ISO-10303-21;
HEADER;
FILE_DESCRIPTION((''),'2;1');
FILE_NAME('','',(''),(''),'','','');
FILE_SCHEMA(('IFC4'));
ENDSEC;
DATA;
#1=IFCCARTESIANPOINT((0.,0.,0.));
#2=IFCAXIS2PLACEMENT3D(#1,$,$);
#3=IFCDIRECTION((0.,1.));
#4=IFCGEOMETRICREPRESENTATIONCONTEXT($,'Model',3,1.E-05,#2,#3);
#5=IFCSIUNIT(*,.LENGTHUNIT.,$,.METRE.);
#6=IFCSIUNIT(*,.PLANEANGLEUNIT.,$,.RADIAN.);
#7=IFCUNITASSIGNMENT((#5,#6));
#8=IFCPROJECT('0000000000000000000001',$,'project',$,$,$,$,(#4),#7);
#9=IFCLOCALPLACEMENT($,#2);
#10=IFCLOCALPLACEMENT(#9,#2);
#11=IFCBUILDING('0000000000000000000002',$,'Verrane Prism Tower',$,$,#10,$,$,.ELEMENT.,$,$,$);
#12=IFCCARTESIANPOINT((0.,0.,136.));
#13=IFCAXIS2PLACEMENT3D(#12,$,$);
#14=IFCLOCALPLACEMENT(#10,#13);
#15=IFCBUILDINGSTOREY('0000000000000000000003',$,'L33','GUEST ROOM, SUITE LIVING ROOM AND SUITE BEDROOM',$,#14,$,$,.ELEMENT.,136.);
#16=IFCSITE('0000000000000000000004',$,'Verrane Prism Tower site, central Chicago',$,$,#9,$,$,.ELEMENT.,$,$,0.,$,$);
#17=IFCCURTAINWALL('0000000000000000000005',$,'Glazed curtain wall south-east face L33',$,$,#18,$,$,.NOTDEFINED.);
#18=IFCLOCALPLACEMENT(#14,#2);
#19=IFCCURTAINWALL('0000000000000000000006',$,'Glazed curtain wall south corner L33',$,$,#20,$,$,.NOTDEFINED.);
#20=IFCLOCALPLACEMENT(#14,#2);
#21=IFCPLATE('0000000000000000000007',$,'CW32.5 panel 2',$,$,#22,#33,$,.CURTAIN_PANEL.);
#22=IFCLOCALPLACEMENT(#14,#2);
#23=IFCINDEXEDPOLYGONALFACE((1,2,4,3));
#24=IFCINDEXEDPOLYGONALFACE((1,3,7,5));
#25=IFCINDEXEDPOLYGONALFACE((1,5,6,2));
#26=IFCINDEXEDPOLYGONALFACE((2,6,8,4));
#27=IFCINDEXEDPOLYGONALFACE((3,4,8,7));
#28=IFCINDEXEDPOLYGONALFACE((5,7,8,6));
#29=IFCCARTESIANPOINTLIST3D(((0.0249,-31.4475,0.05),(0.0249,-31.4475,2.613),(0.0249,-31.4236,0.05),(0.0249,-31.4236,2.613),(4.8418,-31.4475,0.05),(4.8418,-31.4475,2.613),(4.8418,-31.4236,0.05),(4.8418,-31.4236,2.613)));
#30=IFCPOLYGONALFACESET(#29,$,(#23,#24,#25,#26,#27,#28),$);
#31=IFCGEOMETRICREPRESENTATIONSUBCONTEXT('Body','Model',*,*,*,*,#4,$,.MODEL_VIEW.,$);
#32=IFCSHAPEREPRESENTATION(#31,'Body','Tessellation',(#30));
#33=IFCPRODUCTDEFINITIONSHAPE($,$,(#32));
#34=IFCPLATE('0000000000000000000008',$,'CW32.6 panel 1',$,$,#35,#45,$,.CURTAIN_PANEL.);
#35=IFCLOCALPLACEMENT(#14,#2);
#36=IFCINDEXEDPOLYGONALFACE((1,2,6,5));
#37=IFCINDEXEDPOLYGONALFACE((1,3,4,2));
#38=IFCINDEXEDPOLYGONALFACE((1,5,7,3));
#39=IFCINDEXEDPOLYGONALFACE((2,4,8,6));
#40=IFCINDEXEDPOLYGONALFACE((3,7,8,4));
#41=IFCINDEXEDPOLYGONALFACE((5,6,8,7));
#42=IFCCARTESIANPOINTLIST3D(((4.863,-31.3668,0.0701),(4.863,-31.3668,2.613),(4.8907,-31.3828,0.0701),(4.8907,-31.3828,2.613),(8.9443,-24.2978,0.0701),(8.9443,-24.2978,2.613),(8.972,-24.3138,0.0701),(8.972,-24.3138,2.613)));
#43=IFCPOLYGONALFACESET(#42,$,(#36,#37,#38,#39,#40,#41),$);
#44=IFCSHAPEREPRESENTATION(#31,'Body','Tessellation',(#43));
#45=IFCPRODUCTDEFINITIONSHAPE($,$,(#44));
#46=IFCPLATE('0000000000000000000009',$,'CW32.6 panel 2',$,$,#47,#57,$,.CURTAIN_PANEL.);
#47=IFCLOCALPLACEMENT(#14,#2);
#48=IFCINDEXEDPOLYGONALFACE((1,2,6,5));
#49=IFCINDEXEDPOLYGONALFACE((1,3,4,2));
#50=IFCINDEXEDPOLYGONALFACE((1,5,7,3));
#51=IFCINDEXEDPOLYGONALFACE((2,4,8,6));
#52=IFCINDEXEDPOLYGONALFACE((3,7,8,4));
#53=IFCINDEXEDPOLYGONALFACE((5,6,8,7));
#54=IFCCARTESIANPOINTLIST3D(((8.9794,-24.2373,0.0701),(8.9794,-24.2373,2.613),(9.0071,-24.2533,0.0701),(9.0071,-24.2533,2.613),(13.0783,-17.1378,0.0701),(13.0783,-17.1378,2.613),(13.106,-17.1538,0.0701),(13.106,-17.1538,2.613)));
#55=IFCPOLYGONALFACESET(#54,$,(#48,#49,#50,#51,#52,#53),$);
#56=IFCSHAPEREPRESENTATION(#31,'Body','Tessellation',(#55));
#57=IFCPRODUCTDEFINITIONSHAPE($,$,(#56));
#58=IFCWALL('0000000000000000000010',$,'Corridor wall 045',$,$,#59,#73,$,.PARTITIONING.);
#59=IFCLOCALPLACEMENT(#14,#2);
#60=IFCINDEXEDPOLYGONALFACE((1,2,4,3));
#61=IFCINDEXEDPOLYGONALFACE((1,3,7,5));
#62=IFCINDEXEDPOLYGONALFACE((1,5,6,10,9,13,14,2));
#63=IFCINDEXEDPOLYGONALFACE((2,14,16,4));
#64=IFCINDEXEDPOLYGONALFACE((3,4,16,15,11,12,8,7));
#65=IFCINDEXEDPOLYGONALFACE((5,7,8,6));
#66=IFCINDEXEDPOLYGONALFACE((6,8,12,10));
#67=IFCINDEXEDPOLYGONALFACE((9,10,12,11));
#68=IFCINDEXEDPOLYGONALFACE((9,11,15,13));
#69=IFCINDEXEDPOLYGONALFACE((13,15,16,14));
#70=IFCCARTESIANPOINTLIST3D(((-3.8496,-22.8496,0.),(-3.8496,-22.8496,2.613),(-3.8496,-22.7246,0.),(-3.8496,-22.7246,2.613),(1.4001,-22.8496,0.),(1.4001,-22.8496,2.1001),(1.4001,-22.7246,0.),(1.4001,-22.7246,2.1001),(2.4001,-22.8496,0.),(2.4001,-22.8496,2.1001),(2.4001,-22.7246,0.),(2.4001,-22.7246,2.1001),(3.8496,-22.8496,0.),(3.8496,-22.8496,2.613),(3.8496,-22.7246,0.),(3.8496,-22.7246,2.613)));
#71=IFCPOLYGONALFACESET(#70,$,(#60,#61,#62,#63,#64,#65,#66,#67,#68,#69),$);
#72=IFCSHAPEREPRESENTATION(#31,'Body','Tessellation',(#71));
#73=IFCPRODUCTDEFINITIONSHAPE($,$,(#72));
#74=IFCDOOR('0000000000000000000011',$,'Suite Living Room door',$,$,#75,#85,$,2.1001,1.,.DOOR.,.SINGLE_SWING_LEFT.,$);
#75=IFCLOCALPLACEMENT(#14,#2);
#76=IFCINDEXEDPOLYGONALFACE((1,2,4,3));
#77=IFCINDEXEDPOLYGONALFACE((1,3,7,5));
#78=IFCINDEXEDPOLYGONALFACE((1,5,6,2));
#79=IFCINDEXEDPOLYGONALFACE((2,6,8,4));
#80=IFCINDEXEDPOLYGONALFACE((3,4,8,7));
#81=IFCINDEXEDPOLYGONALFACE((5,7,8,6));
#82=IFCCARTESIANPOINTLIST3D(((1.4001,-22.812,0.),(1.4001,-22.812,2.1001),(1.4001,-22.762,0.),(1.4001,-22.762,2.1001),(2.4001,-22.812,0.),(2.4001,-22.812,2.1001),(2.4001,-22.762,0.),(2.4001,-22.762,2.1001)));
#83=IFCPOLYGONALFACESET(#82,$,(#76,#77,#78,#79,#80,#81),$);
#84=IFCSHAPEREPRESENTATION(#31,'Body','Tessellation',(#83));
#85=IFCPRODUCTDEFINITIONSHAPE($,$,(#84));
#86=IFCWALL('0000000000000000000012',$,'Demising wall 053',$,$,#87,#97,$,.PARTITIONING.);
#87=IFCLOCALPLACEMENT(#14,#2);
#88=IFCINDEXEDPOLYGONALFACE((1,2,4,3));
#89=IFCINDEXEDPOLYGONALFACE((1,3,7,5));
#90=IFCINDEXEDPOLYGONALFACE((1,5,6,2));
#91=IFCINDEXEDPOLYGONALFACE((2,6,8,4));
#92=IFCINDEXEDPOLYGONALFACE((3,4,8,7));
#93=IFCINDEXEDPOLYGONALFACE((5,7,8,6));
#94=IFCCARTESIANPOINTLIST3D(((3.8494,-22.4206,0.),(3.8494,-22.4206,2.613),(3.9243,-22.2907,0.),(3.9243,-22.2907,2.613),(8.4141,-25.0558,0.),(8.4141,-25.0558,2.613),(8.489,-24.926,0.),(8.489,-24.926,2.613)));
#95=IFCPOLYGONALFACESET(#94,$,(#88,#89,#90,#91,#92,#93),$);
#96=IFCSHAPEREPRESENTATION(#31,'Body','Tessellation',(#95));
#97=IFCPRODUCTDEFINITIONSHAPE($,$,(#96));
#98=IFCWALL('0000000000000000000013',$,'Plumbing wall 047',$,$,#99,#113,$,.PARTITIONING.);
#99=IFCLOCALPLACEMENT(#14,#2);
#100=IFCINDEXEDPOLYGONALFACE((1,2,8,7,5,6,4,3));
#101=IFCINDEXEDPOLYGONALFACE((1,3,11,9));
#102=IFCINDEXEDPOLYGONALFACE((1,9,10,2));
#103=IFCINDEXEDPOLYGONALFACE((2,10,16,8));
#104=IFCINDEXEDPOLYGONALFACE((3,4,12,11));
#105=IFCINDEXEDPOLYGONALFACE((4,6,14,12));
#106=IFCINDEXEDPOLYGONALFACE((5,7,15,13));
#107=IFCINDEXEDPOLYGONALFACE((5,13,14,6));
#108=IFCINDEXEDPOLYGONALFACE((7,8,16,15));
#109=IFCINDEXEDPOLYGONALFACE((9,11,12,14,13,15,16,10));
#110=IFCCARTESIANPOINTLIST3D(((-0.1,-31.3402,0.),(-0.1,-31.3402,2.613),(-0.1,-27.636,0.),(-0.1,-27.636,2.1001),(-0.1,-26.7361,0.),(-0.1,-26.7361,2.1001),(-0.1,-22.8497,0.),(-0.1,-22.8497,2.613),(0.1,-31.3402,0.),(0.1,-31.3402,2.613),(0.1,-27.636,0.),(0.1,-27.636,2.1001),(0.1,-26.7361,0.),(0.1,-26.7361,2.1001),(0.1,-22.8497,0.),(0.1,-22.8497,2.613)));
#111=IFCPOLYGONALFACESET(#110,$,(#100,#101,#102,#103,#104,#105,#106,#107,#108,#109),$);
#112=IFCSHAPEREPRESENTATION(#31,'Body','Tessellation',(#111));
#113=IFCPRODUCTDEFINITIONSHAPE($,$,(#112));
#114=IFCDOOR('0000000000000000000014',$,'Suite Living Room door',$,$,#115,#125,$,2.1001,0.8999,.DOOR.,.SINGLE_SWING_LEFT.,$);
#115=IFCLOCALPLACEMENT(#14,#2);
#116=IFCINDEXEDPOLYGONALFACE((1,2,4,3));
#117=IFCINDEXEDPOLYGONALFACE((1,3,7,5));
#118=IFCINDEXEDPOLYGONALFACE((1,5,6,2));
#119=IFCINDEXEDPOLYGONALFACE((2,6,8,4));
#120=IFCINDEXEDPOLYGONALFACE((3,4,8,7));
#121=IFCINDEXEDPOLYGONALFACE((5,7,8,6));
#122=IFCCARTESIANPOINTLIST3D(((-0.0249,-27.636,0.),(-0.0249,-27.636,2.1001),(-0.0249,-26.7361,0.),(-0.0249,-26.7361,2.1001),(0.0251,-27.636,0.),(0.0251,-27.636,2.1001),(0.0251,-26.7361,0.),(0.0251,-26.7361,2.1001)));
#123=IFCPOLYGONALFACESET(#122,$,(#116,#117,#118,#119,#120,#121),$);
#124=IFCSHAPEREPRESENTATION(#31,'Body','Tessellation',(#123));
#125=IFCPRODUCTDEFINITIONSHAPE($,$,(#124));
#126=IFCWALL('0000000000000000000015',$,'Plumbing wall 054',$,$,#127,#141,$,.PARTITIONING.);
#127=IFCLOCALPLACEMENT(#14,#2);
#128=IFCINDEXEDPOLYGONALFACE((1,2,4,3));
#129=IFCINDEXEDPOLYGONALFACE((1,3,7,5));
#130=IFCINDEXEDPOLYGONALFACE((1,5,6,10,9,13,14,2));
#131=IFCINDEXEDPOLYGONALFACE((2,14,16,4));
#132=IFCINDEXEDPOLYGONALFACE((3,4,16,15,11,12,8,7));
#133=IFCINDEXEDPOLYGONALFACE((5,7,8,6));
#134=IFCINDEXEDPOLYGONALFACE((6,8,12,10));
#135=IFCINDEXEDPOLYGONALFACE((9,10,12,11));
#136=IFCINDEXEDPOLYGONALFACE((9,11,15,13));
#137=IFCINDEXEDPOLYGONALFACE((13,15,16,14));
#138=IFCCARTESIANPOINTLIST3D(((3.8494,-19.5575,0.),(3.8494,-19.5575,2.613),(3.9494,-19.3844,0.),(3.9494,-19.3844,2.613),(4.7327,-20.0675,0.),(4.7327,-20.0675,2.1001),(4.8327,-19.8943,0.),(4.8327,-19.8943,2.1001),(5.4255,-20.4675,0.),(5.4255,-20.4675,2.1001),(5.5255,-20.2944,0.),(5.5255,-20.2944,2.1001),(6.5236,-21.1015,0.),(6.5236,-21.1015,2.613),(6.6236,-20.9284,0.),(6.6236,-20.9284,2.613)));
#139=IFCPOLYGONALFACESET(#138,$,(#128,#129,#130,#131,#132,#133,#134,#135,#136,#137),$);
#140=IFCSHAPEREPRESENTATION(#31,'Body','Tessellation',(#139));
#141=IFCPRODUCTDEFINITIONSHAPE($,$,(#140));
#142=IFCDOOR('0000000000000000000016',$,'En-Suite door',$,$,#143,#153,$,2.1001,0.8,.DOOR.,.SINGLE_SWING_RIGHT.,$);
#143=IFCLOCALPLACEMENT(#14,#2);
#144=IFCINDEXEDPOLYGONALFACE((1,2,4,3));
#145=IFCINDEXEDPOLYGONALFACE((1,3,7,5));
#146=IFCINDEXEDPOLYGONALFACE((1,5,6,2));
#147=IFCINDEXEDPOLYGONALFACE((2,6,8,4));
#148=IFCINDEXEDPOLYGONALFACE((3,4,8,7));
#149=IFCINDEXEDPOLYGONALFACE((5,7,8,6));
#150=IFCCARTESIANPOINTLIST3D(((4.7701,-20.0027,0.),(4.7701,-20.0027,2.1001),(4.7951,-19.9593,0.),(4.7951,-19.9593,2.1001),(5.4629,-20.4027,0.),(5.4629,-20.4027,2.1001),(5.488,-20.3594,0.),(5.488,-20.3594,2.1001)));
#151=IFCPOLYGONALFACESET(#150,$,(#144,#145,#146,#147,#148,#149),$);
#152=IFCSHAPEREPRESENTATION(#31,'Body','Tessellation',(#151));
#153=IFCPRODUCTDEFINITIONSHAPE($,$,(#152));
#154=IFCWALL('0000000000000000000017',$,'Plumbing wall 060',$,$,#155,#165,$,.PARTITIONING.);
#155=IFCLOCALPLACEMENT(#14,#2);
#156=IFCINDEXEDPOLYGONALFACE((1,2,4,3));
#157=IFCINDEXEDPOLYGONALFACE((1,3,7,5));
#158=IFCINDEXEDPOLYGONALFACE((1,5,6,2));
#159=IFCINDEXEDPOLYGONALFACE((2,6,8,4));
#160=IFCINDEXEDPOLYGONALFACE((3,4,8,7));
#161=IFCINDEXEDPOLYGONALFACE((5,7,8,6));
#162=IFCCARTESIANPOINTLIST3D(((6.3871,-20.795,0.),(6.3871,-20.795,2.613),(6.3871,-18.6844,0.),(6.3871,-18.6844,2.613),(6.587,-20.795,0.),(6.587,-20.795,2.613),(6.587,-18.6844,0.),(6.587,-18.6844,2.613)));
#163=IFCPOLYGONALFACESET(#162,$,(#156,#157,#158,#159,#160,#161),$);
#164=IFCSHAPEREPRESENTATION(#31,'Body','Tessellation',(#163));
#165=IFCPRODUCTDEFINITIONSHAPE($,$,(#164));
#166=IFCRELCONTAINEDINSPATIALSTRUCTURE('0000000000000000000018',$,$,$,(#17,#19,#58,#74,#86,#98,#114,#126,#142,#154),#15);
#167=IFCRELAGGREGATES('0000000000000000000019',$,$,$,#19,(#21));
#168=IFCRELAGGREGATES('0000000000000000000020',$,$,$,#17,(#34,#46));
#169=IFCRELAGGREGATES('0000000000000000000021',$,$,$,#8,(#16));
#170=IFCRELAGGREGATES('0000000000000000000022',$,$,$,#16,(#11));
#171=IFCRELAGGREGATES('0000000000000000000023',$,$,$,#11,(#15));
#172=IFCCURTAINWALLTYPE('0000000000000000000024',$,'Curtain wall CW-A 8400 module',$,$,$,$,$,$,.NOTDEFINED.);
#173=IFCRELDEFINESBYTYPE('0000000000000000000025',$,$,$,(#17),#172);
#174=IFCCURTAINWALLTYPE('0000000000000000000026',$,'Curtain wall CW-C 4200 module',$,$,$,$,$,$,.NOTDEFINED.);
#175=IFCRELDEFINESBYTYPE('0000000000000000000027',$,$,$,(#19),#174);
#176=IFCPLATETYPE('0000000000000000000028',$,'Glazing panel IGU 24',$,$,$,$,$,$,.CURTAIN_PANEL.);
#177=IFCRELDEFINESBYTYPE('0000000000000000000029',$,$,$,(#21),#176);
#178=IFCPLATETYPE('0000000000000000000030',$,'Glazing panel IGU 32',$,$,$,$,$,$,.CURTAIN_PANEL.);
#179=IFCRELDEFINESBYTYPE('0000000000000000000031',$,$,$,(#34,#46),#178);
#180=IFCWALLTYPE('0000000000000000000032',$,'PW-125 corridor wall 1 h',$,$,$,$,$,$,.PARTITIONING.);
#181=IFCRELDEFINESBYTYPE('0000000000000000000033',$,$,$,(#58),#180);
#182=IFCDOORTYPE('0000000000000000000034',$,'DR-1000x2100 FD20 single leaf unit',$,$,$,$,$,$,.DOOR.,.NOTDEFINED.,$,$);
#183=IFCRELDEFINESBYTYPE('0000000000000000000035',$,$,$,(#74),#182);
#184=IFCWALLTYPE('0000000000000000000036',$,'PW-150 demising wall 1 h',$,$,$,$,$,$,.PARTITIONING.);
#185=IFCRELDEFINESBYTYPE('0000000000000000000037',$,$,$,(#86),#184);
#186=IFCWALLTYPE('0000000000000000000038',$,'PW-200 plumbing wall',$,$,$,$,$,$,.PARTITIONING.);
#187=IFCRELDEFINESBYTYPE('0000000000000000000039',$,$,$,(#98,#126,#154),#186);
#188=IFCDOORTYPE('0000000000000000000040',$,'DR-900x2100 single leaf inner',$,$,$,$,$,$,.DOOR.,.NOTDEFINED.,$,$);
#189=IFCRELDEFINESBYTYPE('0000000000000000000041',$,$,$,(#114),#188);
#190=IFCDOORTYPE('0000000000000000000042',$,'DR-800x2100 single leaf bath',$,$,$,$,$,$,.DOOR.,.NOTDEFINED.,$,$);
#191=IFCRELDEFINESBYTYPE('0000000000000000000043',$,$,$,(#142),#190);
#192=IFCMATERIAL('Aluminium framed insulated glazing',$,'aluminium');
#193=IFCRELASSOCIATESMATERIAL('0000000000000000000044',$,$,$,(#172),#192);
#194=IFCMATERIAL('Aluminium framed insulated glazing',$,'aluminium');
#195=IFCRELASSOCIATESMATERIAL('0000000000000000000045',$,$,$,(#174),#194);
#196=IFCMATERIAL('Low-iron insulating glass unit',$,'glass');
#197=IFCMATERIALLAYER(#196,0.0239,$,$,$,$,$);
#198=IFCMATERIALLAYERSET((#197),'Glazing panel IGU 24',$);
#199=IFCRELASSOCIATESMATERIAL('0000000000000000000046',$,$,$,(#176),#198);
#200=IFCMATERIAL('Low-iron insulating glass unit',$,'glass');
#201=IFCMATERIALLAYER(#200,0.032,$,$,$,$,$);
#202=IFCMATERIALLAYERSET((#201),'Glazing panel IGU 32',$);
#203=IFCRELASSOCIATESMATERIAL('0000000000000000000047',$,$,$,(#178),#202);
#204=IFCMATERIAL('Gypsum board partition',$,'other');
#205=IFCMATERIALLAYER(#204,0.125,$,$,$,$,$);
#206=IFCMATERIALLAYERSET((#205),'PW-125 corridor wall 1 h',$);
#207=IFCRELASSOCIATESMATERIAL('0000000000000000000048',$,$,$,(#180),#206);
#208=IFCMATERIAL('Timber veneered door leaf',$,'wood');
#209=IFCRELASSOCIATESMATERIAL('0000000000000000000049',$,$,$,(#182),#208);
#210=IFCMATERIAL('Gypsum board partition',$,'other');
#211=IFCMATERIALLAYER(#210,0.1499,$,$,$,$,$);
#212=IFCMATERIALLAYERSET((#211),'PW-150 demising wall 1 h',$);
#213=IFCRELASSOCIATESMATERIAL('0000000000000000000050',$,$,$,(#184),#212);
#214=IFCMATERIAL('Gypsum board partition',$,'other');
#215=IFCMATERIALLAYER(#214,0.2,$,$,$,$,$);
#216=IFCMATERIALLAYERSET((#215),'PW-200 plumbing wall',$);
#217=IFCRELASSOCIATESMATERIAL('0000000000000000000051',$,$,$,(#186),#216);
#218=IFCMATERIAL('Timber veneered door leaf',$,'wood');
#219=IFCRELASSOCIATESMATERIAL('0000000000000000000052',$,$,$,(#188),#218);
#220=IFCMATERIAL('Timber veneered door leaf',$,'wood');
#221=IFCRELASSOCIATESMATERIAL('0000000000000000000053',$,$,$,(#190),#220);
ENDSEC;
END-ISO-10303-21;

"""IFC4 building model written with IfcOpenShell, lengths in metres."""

from ifc_helpers import new_model, si_unit, direction, frame, frame_2d, origin, origin_2d, place, context, subcontext, project, spatial, rectangle, extrude, material, layer, layer_set, type_object, element, fill, aggregate, save


model = new_model("IFC4")

# Units and contexts
model_context = context("Model", 3, precision=1e-05, world=origin(), true_north=direction((0.0, 1.0)))
body_context = subcontext(model_context, "Body", "Model", "MODEL_VIEW")
ifc_project = project(units=[si_unit("LENGTHUNIT", "METRE"), si_unit("PLANEANGLEUNIT", "RADIAN")], contexts=[model_context])

# Site, building, storey
site_placement = place(None, origin())
site = spatial("IfcSite", under=ifc_project, at=site_placement, Name="Verrane Prism Tower site, central Chicago", CompositionType="ELEMENT", RefElevation=0.0)
building_placement = place(site_placement, origin())
building = spatial("IfcBuilding", under=site, at=building_placement, Name="Verrane Prism Tower", CompositionType="ELEMENT")
storey_placement = place(building_placement, frame((0.0, 0.0, 136.0)))
storey = spatial("IfcBuildingStorey", under=building, at=storey_placement, Name="L33", Description="GUEST ROOM, SUITE LIVING ROOM AND SUITE BEDROOM", CompositionType="ELEMENT", Elevation=136.0)

# Curtain wall
ifc_material_1 = material(Name="Aluminium framed insulated glazing", Category="aluminium")
curtain_wall_type_1 = type_object("IfcCurtainWallType", Name="Curtain wall CW-A 8400 module", PredefinedType="NOTDEFINED", material=ifc_material_1)
curtain_wall_1_placement = place(storey_placement, origin())
curtain_wall_1 = element("IfcCurtainWall", 1, at=curtain_wall_1_placement, inside=storey, type_object=curtain_wall_type_1, Name="Glazed curtain wall south-east face L33", PredefinedType="NOTDEFINED")

# Curtain wall
ifc_material_2 = material(Name="Aluminium framed insulated glazing", Category="aluminium")
curtain_wall_type_2 = type_object("IfcCurtainWallType", Name="Curtain wall CW-C 4200 module", PredefinedType="NOTDEFINED", material=ifc_material_2)
curtain_wall_2_placement = place(storey_placement, origin())
curtain_wall_2 = element("IfcCurtainWall", 2, at=curtain_wall_2_placement, inside=storey, type_object=curtain_wall_type_2, Name="Glazed curtain wall south corner L33", PredefinedType="NOTDEFINED")

# Plates
ifc_material_3 = material(Name="Low-iron insulating glass unit", Category="glass")
ifc_layer_1 = layer(ifc_material_3, 0.0239)
ifc_layer_set_1 = layer_set([ifc_layer_1], Name="Glazing panel IGU 24")
plate_type_1 = type_object("IfcPlateType", Name="Glazing panel IGU 24", PredefinedType="CURTAIN_PANEL", material=ifc_layer_set_1)
plate_1_placement = place(storey_placement, frame((2.4333, -31.4355, 0.05), z_axis=(0.0, 0.0, 1.0), x_axis=(1.0, 0.0, 0.0)))
plate_1 = element("IfcPlate", 3, at=plate_1_placement, type_object=plate_type_1, Name="CW32.5 panel 2", PredefinedType="CURTAIN_PANEL", context=body_context, shape_type="SweptSolid", body=[
    extrude(rectangle(XDim=4.8169, YDim=0.0239, at=origin_2d()), origin(), (0.0, 0.0, 1.0), 2.563),
])
aggregate(curtain_wall_2, [plate_1])
ifc_material_4 = material(Name="Low-iron insulating glass unit", Category="glass")
ifc_layer_2 = layer(ifc_material_4, 0.032)
ifc_layer_set_2 = layer_set([ifc_layer_2], Name="Glazing panel IGU 32")
plate_type_2 = type_object("IfcPlateType", Name="Glazing panel IGU 32", PredefinedType="CURTAIN_PANEL", material=ifc_layer_set_2)
plate_2_placement = place(storey_placement, frame((6.9175, -27.8403, 0.0701), z_axis=(0.0, 0.0, 1.0), x_axis=(0.5, 0.866025, 0.0)))
plate_2 = element("IfcPlate", 4, at=plate_2_placement, type_object=plate_type_2, Name="CW32.6 panel 1", PredefinedType="CURTAIN_PANEL", context=body_context, shape_type="SweptSolid", body=[
    extrude(rectangle(XDim=8.1626, YDim=0.032, at=origin_2d()), origin(), (0.0, 0.0, 1.0), 2.543),
])
plate_3_placement = place(storey_placement, frame((11.0427, -20.6956, 0.0701), z_axis=(0.0, 0.0, 1.0), x_axis=(0.5, 0.866025, 0.0)))
plate_3 = element("IfcPlate", 5, at=plate_3_placement, type_object=plate_type_2, Name="CW32.6 panel 2", PredefinedType="CURTAIN_PANEL", context=body_context, shape_type="SweptSolid", body=[
    extrude(rectangle(XDim=8.1978, YDim=0.032, at=origin_2d()), origin(), (0.0, 0.0, 1.0), 2.543),
])
aggregate(curtain_wall_1, [plate_2, plate_3])

# Wall, opening, door
ifc_material_5 = material(Name="Gypsum board partition", Category="other")
ifc_layer_3 = layer(ifc_material_5, 0.125)
ifc_layer_set_3 = layer_set([ifc_layer_3], Name="PW-125 corridor wall 1 h")
wall_type_1 = type_object("IfcWallType", Name="PW-125 corridor wall 1 h", PredefinedType="PARTITIONING", material=ifc_layer_set_3)
wall_1_placement = place(storey_placement, frame((3.8496, -22.7871, 0.0), z_axis=(0.0, 0.0, 1.0), x_axis=(-1.0, 0.0, 0.0)))
wall_1 = element("IfcWall", 6, at=wall_1_placement, inside=storey, type_object=wall_type_1, Name="Corridor wall 045", PredefinedType="PARTITIONING", context=body_context, shape_type="SweptSolid", body=[
    extrude(rectangle(XDim=7.6992, YDim=0.125, at=frame_2d((3.8496, 0.0))), origin(), (0.0, 0.0, 1.0), 2.613),
])
opening_1_placement = place(wall_1_placement, frame((1.4495, 0.0, 0.0)))
opening_1 = element("IfcOpeningElement", 7, at=opening_1_placement, cuts=wall_1, PredefinedType="OPENING", context=body_context, shape_type="SweptSolid", body=[
    extrude(rectangle(XDim=1.0, YDim=2.1001, at=frame_2d((0.5, 1.05))), frame((0.0, 0.0725, 0.0), z_axis=(0.0, -1.0, 0.0), x_axis=(1.0, 0.0, 0.0)), (0.0, 0.0, 1.0), 0.145),
])
ifc_material_6 = material(Name="Timber veneered door leaf", Category="wood")
door_type_1 = type_object("IfcDoorType", Name="DR-1000x2100 FD20 single leaf unit", OperationType="NOTDEFINED", PredefinedType="DOOR", material=ifc_material_6)
door_1_placement = place(opening_1_placement, origin())
door_1 = element("IfcDoor", 8, at=door_1_placement, inside=storey, type_object=door_type_1, Name="Suite Living Room door", OperationType="SINGLE_SWING_LEFT", OverallHeight=2.1001, OverallWidth=1.0, PredefinedType="DOOR", context=body_context, shape_type="SweptSolid", body=[
    extrude(rectangle(XDim=1.0, YDim=2.1001, at=frame_2d((0.5, 1.05))), frame((0.0, 0.0249, 0.0), z_axis=(0.0, -1.0, 0.0), x_axis=(1.0, 0.0, 0.0)), (0.0, 0.0, 1.0), 0.05),
])
fill(opening_1, door_1)

# Wall
ifc_material_7 = material(Name="Gypsum board partition", Category="other")
ifc_layer_4 = layer(ifc_material_7, 0.1499)
ifc_layer_set_4 = layer_set([ifc_layer_4], Name="PW-150 demising wall 1 h")
wall_type_2 = type_object("IfcWallType", Name="PW-150 demising wall 1 h", PredefinedType="PARTITIONING", material=ifc_layer_set_4)
wall_2_placement = place(storey_placement, frame((3.887, -22.3557, 0.0), z_axis=(0.0, 0.0, 1.0), x_axis=(0.86604, -0.499975, 0.0)))
element("IfcWall", 9, at=wall_2_placement, inside=storey, type_object=wall_type_2, Name="Demising wall 053", PredefinedType="PARTITIONING", context=body_context, shape_type="SweptSolid", body=[
    extrude(rectangle(XDim=5.2708, YDim=0.1499, at=frame_2d((2.6353, 0.0))), origin(), (0.0, 0.0, 1.0), 2.613),
])

# Walls, openings, doors
ifc_material_8 = material(Name="Gypsum board partition", Category="other")
ifc_layer_5 = layer(ifc_material_8, 0.2)
ifc_layer_set_5 = layer_set([ifc_layer_5], Name="PW-200 plumbing wall")
wall_type_3 = type_object("IfcWallType", Name="PW-200 plumbing wall", PredefinedType="PARTITIONING", material=ifc_layer_set_5)
wall_3_placement = place(storey_placement, frame((0.0, -31.3401, 0.0), z_axis=(0.0, 0.0, 1.0), x_axis=(0.0, 1.0, 0.0)))
wall_3 = element("IfcWall", 10, at=wall_3_placement, inside=storey, type_object=wall_type_3, Name="Plumbing wall 047", PredefinedType="PARTITIONING", context=body_context, shape_type="SweptSolid", body=[
    extrude(rectangle(XDim=8.4905, YDim=0.2, at=frame_2d((4.2451, 0.0))), origin(), (0.0, 0.0, 1.0), 2.613),
])
opening_2_placement = place(wall_3_placement, frame((3.7041, 0.0, 0.0)))
opening_2 = element("IfcOpeningElement", 11, at=opening_2_placement, cuts=wall_3, PredefinedType="OPENING", context=body_context, shape_type="SweptSolid", body=[
    extrude(rectangle(XDim=0.8999, YDim=2.1001, at=frame_2d((0.45, 1.05))), frame((0.0, 0.1099, 0.0), z_axis=(0.0, -1.0, 0.0), x_axis=(1.0, 0.0, 0.0)), (0.0, 0.0, 1.0), 0.22),
])
ifc_material_9 = material(Name="Timber veneered door leaf", Category="wood")
door_type_2 = type_object("IfcDoorType", Name="DR-900x2100 single leaf inner", OperationType="NOTDEFINED", PredefinedType="DOOR", material=ifc_material_9)
door_2_placement = place(opening_2_placement, origin())
door_2 = element("IfcDoor", 12, at=door_2_placement, inside=storey, type_object=door_type_2, Name="Suite Living Room door", OperationType="SINGLE_SWING_LEFT", OverallHeight=2.1001, OverallWidth=0.8999, PredefinedType="DOOR", context=body_context, shape_type="SweptSolid", body=[
    extrude(rectangle(XDim=0.8999, YDim=2.1001, at=frame_2d((0.45, 1.05))), frame((0.0, 0.0249, 0.0), z_axis=(0.0, -1.0, 0.0), x_axis=(1.0, 0.0, 0.0)), (0.0, 0.0, 1.0), 0.05),
])
fill(opening_2, door_2)
wall_4_placement = place(storey_placement, frame((3.8994, -19.4709, 0.0), z_axis=(0.0, 0.0, 1.0), x_axis=(0.866016, -0.500017, 0.0)))
wall_4 = element("IfcWall", 13, at=wall_4_placement, inside=storey, type_object=wall_type_3, Name="Plumbing wall 054", PredefinedType="PARTITIONING", context=body_context, shape_type="SweptSolid", body=[
    extrude(rectangle(XDim=3.0879, YDim=0.2, at=frame_2d((1.5439, 0.0))), origin(), (0.0, 0.0, 1.0), 2.613),
])
opening_3_placement = place(wall_4_placement, frame((1.02, 0.0, 0.0)))
opening_3 = element("IfcOpeningElement", 14, at=opening_3_placement, cuts=wall_4, PredefinedType="OPENING", context=body_context, shape_type="SweptSolid", body=[
    extrude(rectangle(XDim=0.8, YDim=2.1001, at=frame_2d((0.3999, 1.05))), frame((0.0, 0.1099, 0.0), z_axis=(0.0, -1.0, 0.0), x_axis=(1.0, 0.0, 0.0)), (0.0, 0.0, 1.0), 0.22),
])
ifc_material_10 = material(Name="Timber veneered door leaf", Category="wood")
door_type_3 = type_object("IfcDoorType", Name="DR-800x2100 single leaf bath", OperationType="NOTDEFINED", PredefinedType="DOOR", material=ifc_material_10)
door_3_placement = place(opening_3_placement, origin())
door_3 = element("IfcDoor", 15, at=door_3_placement, inside=storey, type_object=door_type_3, Name="En-Suite door", OperationType="SINGLE_SWING_RIGHT", OverallHeight=2.1001, OverallWidth=0.8, PredefinedType="DOOR", context=body_context, shape_type="SweptSolid", body=[
    extrude(rectangle(XDim=0.8, YDim=2.1001, at=frame_2d((0.3999, 1.05))), frame((0.0, 0.0249, 0.0), z_axis=(0.0, -1.0, 0.0), x_axis=(1.0, 0.0, 0.0)), (0.0, 0.0, 1.0), 0.05),
])
fill(opening_3, door_3)

# Wall
wall_5_placement = place(storey_placement, frame((6.4871, -20.7949, 0.0), z_axis=(0.0, 0.0, 1.0), x_axis=(0.0, 1.0, 0.0)))
element("IfcWall", 16, at=wall_5_placement, inside=storey, type_object=wall_type_3, Name="Plumbing wall 060", PredefinedType="PARTITIONING", context=body_context, shape_type="SweptSolid", body=[
    extrude(rectangle(XDim=2.1106, YDim=0.2, at=frame_2d((1.0552, 0.0))), origin(), (0.0, 0.0, 1.0), 2.613),
])

save(model, "model.ifc")
